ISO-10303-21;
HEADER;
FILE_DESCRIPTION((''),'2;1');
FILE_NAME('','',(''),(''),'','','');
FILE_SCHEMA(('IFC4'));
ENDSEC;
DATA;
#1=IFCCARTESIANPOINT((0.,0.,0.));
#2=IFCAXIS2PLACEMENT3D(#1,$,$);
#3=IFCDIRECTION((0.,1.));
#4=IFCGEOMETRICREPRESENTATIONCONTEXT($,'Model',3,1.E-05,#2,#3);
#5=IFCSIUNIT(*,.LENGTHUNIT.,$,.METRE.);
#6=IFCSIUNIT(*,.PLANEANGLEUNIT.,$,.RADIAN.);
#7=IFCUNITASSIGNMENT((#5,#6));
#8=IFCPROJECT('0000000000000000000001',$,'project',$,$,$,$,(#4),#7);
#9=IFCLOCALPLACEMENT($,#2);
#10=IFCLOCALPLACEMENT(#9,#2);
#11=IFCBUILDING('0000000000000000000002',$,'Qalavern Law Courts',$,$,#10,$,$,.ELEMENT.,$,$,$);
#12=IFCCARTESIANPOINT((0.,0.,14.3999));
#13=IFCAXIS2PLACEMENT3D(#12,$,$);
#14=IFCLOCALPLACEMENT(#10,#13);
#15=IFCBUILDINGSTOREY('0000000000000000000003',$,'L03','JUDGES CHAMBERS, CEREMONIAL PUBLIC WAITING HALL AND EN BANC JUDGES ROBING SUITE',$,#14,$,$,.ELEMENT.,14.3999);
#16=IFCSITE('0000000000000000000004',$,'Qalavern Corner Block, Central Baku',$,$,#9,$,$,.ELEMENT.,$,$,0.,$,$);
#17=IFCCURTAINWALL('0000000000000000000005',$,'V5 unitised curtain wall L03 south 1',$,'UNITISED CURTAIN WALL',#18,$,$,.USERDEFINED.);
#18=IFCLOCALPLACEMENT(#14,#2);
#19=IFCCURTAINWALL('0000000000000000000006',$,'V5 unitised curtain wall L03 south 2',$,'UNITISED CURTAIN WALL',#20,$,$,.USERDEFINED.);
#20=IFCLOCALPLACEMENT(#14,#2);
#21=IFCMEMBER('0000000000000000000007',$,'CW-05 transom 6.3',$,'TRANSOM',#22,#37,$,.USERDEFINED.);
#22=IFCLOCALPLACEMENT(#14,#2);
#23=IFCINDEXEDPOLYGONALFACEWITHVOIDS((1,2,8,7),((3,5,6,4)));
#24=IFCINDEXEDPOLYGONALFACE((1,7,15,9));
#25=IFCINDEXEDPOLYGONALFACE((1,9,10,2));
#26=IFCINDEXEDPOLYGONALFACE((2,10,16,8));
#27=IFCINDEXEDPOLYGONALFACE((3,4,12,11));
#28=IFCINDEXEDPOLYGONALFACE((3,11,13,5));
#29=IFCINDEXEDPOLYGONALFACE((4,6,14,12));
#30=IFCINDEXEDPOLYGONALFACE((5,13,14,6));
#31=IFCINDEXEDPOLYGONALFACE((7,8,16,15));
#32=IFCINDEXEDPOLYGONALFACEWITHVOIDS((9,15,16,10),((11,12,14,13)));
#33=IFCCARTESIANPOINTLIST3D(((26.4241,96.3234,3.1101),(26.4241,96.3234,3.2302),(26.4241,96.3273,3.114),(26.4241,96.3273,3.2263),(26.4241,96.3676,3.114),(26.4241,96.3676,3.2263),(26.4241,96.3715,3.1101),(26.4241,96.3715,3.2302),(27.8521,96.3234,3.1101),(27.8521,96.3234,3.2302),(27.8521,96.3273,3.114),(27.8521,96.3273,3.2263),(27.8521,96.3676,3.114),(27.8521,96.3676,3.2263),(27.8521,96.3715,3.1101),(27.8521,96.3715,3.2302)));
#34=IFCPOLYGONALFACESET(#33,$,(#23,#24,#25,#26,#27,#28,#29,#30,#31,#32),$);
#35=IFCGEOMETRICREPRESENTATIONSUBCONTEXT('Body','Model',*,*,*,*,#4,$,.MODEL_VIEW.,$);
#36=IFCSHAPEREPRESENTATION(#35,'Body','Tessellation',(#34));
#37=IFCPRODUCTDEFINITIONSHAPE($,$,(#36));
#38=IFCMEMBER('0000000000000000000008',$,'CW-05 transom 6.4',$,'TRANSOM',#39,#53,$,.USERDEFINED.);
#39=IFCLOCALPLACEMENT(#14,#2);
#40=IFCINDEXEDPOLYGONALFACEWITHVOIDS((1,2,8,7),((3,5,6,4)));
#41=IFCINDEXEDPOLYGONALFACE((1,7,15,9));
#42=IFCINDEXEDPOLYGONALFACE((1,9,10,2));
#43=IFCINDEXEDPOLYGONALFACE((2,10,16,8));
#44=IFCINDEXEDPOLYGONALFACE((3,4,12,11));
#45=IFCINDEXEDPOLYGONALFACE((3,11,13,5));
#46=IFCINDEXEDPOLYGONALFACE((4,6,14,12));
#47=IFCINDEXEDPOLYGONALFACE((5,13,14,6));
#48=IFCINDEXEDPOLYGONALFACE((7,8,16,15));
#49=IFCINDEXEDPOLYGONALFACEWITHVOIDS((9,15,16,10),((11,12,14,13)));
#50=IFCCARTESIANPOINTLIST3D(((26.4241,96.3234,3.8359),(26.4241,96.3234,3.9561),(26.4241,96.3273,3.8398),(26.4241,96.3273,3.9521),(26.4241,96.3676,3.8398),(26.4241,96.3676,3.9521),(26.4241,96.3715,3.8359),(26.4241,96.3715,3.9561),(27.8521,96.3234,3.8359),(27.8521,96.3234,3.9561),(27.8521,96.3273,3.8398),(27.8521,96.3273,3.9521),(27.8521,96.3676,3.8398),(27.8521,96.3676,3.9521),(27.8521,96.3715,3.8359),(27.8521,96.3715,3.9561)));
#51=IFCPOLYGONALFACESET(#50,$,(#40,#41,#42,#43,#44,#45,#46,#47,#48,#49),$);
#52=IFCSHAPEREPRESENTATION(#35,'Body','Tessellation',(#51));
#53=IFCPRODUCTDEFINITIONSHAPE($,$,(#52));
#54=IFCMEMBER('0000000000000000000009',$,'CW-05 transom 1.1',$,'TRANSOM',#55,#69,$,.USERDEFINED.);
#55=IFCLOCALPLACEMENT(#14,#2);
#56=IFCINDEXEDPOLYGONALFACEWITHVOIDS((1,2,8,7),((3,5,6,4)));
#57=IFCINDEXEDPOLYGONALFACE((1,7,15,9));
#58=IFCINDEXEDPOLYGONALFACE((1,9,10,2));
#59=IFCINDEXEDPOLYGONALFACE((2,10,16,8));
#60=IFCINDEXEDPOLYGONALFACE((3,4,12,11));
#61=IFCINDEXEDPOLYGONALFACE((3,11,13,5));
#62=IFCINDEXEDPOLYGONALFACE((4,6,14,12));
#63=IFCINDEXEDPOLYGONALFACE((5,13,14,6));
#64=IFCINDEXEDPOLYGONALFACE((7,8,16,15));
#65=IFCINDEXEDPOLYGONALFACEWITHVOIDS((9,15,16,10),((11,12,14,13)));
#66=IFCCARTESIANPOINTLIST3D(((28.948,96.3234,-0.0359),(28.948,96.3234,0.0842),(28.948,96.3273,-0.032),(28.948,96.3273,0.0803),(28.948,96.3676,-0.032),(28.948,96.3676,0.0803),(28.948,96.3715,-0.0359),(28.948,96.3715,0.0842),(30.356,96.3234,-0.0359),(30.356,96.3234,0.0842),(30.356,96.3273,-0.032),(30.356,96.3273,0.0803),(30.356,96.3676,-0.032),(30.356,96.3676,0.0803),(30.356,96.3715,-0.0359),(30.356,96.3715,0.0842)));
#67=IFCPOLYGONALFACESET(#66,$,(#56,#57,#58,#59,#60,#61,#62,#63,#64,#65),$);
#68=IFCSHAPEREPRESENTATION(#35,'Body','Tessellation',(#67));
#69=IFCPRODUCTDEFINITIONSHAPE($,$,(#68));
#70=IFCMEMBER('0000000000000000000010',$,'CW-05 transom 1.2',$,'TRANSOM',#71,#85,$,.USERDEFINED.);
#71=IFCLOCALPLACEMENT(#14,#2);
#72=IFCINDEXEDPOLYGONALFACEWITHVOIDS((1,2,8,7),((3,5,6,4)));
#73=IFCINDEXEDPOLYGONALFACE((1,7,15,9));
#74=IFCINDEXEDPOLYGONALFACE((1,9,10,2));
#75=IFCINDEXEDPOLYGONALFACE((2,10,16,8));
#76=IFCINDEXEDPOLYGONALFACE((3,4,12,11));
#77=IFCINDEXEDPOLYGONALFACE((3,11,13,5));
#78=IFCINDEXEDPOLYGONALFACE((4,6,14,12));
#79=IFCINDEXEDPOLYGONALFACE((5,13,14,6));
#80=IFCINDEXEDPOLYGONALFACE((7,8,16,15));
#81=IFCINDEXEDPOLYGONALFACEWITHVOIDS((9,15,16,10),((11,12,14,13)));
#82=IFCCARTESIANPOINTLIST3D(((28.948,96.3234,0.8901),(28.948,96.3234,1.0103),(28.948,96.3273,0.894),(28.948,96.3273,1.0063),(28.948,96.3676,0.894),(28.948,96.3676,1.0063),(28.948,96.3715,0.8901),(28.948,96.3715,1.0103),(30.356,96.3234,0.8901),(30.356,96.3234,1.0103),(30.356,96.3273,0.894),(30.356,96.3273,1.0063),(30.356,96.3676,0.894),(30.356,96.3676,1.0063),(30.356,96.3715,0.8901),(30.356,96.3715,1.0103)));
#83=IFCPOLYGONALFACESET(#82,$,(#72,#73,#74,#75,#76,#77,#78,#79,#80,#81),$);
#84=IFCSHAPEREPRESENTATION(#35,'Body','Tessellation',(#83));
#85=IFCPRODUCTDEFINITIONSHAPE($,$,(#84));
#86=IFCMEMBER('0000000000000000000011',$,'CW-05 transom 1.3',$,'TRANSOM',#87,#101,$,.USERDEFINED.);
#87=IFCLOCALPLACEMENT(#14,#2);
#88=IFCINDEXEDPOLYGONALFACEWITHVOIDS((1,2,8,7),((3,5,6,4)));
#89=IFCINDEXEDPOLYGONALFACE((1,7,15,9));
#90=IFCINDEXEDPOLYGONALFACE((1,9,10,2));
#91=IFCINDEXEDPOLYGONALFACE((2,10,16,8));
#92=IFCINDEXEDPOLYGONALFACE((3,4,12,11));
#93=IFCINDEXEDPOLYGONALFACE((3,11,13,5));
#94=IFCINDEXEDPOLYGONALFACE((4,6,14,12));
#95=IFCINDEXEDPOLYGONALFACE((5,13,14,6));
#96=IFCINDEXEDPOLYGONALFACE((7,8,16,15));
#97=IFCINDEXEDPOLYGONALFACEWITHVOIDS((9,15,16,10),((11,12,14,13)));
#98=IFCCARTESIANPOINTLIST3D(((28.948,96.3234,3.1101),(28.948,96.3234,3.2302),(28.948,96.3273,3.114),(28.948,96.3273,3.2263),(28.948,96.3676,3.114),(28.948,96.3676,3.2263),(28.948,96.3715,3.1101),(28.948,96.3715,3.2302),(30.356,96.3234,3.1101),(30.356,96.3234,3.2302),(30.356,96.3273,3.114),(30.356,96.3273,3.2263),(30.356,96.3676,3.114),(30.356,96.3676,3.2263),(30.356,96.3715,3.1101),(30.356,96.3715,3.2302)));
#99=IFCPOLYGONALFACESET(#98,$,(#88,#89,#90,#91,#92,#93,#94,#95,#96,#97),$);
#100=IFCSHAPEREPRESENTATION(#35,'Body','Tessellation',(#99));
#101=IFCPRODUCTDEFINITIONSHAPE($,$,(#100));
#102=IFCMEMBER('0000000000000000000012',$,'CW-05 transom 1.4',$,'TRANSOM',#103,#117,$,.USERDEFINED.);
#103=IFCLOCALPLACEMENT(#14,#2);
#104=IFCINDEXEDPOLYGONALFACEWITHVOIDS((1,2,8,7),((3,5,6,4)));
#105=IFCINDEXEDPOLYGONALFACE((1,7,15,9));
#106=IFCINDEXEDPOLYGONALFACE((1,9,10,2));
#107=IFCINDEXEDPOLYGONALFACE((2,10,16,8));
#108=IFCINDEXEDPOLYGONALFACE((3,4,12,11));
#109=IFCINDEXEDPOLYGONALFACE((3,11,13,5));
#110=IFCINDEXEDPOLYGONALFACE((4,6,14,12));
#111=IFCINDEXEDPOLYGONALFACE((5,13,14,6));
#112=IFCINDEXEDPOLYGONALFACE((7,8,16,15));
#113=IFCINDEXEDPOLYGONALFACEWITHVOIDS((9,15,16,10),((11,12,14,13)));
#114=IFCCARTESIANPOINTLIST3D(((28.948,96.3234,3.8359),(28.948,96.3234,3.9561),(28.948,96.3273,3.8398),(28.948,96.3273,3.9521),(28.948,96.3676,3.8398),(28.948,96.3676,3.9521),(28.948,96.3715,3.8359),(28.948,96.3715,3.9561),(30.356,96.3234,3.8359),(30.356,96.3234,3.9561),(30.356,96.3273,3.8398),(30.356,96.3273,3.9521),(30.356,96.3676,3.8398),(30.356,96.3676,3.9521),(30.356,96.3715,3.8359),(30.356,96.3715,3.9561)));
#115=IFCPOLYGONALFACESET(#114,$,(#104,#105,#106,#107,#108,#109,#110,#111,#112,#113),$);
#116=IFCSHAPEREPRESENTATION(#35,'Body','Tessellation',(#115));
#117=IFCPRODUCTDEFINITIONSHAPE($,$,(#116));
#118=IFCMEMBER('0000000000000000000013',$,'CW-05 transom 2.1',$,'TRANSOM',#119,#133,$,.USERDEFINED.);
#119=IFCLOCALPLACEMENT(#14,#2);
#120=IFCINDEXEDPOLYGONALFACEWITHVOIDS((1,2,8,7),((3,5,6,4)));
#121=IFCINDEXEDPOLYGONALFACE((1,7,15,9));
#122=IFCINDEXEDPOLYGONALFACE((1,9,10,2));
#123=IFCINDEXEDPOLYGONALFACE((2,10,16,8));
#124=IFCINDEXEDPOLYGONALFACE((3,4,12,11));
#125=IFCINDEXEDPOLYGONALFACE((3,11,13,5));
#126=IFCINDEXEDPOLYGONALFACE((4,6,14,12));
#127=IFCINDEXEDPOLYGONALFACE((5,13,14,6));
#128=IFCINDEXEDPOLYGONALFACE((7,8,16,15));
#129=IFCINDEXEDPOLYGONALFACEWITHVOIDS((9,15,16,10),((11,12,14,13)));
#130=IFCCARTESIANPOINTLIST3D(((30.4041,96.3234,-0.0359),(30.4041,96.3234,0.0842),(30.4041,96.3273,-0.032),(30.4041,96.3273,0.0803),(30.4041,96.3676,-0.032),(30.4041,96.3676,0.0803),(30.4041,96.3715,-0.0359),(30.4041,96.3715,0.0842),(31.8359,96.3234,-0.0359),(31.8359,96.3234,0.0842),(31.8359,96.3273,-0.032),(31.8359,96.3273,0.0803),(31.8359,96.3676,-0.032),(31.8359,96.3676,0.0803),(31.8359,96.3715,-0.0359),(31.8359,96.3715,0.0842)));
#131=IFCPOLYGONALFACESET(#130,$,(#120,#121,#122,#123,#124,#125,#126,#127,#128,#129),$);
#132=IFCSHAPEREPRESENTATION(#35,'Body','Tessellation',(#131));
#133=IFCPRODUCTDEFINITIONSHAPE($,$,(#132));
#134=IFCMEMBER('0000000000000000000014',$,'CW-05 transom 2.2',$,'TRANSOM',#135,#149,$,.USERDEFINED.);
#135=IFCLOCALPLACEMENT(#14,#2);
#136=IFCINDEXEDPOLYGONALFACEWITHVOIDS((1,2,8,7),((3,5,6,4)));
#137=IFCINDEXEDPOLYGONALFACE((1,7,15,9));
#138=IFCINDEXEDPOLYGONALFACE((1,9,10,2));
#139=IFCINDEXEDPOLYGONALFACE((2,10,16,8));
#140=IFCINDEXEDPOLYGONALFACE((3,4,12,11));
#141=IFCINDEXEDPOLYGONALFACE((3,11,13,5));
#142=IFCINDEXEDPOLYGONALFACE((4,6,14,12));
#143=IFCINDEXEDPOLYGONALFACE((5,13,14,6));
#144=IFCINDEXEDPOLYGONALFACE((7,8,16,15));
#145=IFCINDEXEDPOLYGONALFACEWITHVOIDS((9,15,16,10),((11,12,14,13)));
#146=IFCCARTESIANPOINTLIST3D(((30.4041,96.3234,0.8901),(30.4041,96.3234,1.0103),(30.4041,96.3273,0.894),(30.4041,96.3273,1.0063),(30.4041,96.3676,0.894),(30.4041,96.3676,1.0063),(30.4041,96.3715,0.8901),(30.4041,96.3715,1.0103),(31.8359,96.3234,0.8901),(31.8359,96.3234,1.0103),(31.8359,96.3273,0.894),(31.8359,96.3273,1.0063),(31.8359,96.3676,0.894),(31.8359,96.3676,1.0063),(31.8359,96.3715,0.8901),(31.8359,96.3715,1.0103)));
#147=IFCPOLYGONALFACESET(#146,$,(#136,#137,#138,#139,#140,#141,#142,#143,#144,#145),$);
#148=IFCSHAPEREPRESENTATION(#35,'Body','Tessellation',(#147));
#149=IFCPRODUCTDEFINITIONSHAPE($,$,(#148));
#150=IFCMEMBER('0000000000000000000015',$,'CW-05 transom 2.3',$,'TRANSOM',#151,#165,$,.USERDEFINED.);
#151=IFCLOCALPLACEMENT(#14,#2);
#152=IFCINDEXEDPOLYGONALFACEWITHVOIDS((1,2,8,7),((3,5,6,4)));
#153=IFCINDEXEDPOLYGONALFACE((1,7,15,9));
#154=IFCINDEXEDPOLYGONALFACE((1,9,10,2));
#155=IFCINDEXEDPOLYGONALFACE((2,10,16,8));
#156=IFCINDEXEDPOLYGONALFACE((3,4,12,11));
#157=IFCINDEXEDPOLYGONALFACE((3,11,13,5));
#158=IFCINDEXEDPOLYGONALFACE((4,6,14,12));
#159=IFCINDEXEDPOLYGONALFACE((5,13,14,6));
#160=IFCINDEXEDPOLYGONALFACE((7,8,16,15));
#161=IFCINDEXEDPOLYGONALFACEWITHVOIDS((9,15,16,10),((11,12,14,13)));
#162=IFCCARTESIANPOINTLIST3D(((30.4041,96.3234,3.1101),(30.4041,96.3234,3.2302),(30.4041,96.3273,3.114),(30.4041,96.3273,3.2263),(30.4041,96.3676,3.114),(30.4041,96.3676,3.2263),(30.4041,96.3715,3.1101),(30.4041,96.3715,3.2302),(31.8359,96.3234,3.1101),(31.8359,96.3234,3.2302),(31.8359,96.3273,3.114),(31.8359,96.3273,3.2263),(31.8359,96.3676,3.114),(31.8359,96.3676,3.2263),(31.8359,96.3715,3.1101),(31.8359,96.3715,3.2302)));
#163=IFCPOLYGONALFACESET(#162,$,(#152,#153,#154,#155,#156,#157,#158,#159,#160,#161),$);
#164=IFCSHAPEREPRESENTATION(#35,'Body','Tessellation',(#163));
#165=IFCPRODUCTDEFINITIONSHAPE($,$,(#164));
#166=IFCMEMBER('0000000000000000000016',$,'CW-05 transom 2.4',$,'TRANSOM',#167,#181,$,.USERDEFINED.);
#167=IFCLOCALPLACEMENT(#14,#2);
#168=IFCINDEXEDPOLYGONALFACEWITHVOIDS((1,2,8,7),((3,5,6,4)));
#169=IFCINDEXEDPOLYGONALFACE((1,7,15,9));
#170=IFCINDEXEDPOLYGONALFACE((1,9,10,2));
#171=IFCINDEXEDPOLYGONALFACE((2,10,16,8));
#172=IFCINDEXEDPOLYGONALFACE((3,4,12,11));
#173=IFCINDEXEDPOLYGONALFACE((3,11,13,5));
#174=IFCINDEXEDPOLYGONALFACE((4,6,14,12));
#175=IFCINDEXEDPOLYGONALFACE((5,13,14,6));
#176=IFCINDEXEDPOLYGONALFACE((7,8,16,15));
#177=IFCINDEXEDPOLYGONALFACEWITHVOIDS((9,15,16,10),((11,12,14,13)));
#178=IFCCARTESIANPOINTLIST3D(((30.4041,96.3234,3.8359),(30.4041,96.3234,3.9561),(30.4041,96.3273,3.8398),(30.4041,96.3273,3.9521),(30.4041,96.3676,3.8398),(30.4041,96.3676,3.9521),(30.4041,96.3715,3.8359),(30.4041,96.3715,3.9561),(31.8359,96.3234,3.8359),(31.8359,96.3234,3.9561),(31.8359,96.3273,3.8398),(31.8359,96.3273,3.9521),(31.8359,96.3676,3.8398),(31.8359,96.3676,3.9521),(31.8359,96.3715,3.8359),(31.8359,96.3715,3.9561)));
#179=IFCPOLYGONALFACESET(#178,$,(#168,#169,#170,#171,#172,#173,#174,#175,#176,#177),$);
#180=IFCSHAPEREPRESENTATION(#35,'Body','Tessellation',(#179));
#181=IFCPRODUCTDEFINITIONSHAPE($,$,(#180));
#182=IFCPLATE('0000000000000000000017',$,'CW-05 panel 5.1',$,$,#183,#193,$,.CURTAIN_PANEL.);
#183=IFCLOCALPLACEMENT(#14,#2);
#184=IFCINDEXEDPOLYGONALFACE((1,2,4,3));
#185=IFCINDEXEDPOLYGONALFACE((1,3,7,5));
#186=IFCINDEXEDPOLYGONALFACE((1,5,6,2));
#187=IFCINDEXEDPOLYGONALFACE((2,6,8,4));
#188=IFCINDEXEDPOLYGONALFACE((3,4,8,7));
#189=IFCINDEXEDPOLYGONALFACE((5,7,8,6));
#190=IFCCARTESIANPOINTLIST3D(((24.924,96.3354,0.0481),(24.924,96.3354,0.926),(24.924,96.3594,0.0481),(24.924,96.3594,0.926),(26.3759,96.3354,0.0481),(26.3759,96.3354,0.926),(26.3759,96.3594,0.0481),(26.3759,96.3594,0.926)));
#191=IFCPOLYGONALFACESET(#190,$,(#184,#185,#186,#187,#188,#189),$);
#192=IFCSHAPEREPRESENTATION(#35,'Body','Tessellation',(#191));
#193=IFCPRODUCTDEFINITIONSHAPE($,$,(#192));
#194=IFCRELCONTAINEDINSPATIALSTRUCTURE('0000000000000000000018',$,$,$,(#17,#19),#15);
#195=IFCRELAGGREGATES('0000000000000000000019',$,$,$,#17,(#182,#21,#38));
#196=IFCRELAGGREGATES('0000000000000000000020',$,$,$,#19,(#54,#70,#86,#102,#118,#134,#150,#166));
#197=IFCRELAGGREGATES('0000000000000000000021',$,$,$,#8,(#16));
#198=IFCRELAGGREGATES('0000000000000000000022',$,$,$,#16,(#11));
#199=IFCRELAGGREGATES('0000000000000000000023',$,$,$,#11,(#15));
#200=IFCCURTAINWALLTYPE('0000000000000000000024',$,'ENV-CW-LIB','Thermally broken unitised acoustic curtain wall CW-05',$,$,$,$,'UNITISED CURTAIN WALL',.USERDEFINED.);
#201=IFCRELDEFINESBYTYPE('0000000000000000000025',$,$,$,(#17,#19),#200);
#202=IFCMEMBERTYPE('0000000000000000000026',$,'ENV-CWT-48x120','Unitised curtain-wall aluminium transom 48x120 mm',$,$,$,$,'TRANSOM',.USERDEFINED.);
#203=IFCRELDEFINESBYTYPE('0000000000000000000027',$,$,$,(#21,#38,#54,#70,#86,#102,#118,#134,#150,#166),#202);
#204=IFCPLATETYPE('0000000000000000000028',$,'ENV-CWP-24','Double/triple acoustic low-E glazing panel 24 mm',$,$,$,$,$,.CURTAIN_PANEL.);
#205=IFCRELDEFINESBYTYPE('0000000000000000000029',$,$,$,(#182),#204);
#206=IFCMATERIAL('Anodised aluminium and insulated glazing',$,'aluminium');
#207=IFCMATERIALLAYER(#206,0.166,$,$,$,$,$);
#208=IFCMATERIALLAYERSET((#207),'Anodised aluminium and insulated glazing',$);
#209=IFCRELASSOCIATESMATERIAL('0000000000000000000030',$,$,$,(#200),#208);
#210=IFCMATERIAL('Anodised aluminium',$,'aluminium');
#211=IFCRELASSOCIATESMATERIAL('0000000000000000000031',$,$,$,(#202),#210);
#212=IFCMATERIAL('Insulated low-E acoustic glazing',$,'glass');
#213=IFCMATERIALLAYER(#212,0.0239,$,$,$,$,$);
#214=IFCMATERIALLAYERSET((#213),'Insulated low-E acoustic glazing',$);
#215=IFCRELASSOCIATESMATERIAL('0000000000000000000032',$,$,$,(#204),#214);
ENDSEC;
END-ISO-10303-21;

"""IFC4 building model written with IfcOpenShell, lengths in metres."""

from ifc_helpers import new_model, si_unit, direction, frame, origin, origin_2d, place, context, subcontext, project, spatial, rectangle, hollow_rectangle, extrude, material, layer, layer_set, material_profile, profile_set, type_object, element, aggregate, save


model = new_model("IFC4")

# Units and contexts
model_context = context("Model", 3, precision=1e-05, world=origin(), true_north=direction((0.0, 1.0)))
body_context = subcontext(model_context, "Body", "Model", "MODEL_VIEW")
ifc_project = project(units=[si_unit("LENGTHUNIT", "METRE"), si_unit("PLANEANGLEUNIT", "RADIAN")], contexts=[model_context])

# Site, building, storey
site_placement = place(None, origin())
site = spatial("IfcSite", under=ifc_project, at=site_placement, Name="Qalavern Corner Block, Central Baku", CompositionType="ELEMENT", RefElevation=0.0)
building_placement = place(site_placement, origin())
building = spatial("IfcBuilding", under=site, at=building_placement, Name="Qalavern Law Courts", CompositionType="ELEMENT")
storey_placement = place(building_placement, frame((0.0, 0.0, 14.3999)))
storey = spatial("IfcBuildingStorey", under=building, at=storey_placement, Name="L03", Description="JUDGES CHAMBERS, CEREMONIAL PUBLIC WAITING HALL AND EN BANC JUDGES ROBING SUITE", CompositionType="ELEMENT", Elevation=14.3999)

# Curtain walls
ifc_material_1 = material(Name="Anodised aluminium and insulated glazing", Category="aluminium")
ifc_layer_1 = layer(ifc_material_1, 0.166)
ifc_layer_set_1 = layer_set([ifc_layer_1], Name="Anodised aluminium and insulated glazing")
curtain_wall_type = type_object("IfcCurtainWallType", Name="ENV-CW-LIB", Description="Thermally broken unitised acoustic curtain wall CW-05", ElementType="UNITISED CURTAIN WALL", PredefinedType="USERDEFINED", material=ifc_layer_set_1)
curtain_wall_1_placement = place(storey_placement, origin())
curtain_wall_1 = element("IfcCurtainWall", 1, at=curtain_wall_1_placement, inside=storey, type_object=curtain_wall_type, Name="V5 unitised curtain wall L03 south 1", ObjectType="UNITISED CURTAIN WALL", PredefinedType="USERDEFINED")
ifc_material_2 = material(Name="Anodised aluminium", Category="aluminium")
curtain_wall_2_placement = place(storey_placement, origin())
curtain_wall_2 = element("IfcCurtainWall", 2, at=curtain_wall_2_placement, inside=storey, type_object=curtain_wall_type, Name="V5 unitised curtain wall L03 south 2", ObjectType="UNITISED CURTAIN WALL", PredefinedType="USERDEFINED")

# Members
ifc_material_profile_1 = material_profile(ifc_material_2, hollow_rectangle(XDim=0.0481, YDim=0.1201, WallThickness=0.0039, at=origin_2d()), Name="ALU TRANSOM 48x120")
ifc_profile_set_1 = profile_set([ifc_material_profile_1], Name="Anodised aluminium")
member_type_1 = type_object("IfcMemberType", Name="ENV-CWT-48x120", Description="Unitised curtain-wall aluminium transom 48x120 mm", ElementType="TRANSOM", PredefinedType="USERDEFINED", material=ifc_profile_set_1)
member_1_placement = place(storey_placement, frame((26.4241, 96.3474, 3.1702), z_axis=(1.0, 0.0, 0.0), x_axis=(0.0, 1.0, 0.0)))
member_1 = element("IfcMember", 3, at=member_1_placement, type_object=member_type_1, Name="CW-05 transom 6.3", ObjectType="TRANSOM", PredefinedType="USERDEFINED", context=body_context, shape_type="SweptSolid", body=[
    extrude(hollow_rectangle(XDim=0.0481, YDim=0.1201, WallThickness=0.0039, at=origin_2d()), origin(), (0.0, 0.0, 1.0), 1.428),
])
member_2_placement = place(storey_placement, frame((26.4241, 96.3474, 3.896), z_axis=(1.0, 0.0, 0.0), x_axis=(0.0, 1.0, 0.0)))
member_2 = element("IfcMember", 4, at=member_2_placement, type_object=member_type_1, Name="CW-05 transom 6.4", ObjectType="TRANSOM", PredefinedType="USERDEFINED", context=body_context, shape_type="SweptSolid", body=[
    extrude(hollow_rectangle(XDim=0.0481, YDim=0.1201, WallThickness=0.0039, at=origin_2d()), origin(), (0.0, 0.0, 1.0), 1.428),
])
member_3_placement = place(storey_placement, frame((28.948, 96.3474, 0.0242), z_axis=(1.0, 0.0, 0.0), x_axis=(0.0, 1.0, 0.0)))
member_3 = element("IfcMember", 5, at=member_3_placement, type_object=member_type_1, Name="CW-05 transom 1.1", ObjectType="TRANSOM", PredefinedType="USERDEFINED", context=body_context, shape_type="SweptSolid", body=[
    extrude(hollow_rectangle(XDim=0.0481, YDim=0.1201, WallThickness=0.0039, at=origin_2d()), origin(), (0.0, 0.0, 1.0), 1.408),
])
member_4_placement = place(storey_placement, frame((28.948, 96.3474, 0.9502), z_axis=(1.0, 0.0, 0.0), x_axis=(0.0, 1.0, 0.0)))
member_4 = element("IfcMember", 6, at=member_4_placement, type_object=member_type_1, Name="CW-05 transom 1.2", ObjectType="TRANSOM", PredefinedType="USERDEFINED", context=body_context, shape_type="SweptSolid", body=[
    extrude(hollow_rectangle(XDim=0.0481, YDim=0.1201, WallThickness=0.0039, at=origin_2d()), origin(), (0.0, 0.0, 1.0), 1.408),
])
member_5_placement = place(storey_placement, frame((28.948, 96.3474, 3.1702), z_axis=(1.0, 0.0, 0.0), x_axis=(0.0, 1.0, 0.0)))
member_5 = element("IfcMember", 7, at=member_5_placement, type_object=member_type_1, Name="CW-05 transom 1.3", ObjectType="TRANSOM", PredefinedType="USERDEFINED", context=body_context, shape_type="SweptSolid", body=[
    extrude(hollow_rectangle(XDim=0.0481, YDim=0.1201, WallThickness=0.0039, at=origin_2d()), origin(), (0.0, 0.0, 1.0), 1.408),
])
member_6_placement = place(storey_placement, frame((28.948, 96.3474, 3.896), z_axis=(1.0, 0.0, 0.0), x_axis=(0.0, 1.0, 0.0)))
member_6 = element("IfcMember", 8, at=member_6_placement, type_object=member_type_1, Name="CW-05 transom 1.4", ObjectType="TRANSOM", PredefinedType="USERDEFINED", context=body_context, shape_type="SweptSolid", body=[
    extrude(hollow_rectangle(XDim=0.0481, YDim=0.1201, WallThickness=0.0039, at=origin_2d()), origin(), (0.0, 0.0, 1.0), 1.408),
])
member_7_placement = place(storey_placement, frame((30.4041, 96.3474, 0.0242), z_axis=(1.0, 0.0, 0.0), x_axis=(0.0, 1.0, 0.0)))
member_7 = element("IfcMember", 9, at=member_7_placement, type_object=member_type_1, Name="CW-05 transom 2.1", ObjectType="TRANSOM", PredefinedType="USERDEFINED", context=body_context, shape_type="SweptSolid", body=[
    extrude(hollow_rectangle(XDim=0.0481, YDim=0.1201, WallThickness=0.0039, at=origin_2d()), origin(), (0.0, 0.0, 1.0), 1.4319),
])
member_8_placement = place(storey_placement, frame((30.4041, 96.3474, 0.9502), z_axis=(1.0, 0.0, 0.0), x_axis=(0.0, 1.0, 0.0)))
member_8 = element("IfcMember", 10, at=member_8_placement, type_object=member_type_1, Name="CW-05 transom 2.2", ObjectType="TRANSOM", PredefinedType="USERDEFINED", context=body_context, shape_type="SweptSolid", body=[
    extrude(hollow_rectangle(XDim=0.0481, YDim=0.1201, WallThickness=0.0039, at=origin_2d()), origin(), (0.0, 0.0, 1.0), 1.4319),
])
member_9_placement = place(storey_placement, frame((30.4041, 96.3474, 3.1702), z_axis=(1.0, 0.0, 0.0), x_axis=(0.0, 1.0, 0.0)))
member_9 = element("IfcMember", 11, at=member_9_placement, type_object=member_type_1, Name="CW-05 transom 2.3", ObjectType="TRANSOM", PredefinedType="USERDEFINED", context=body_context, shape_type="SweptSolid", body=[
    extrude(hollow_rectangle(XDim=0.0481, YDim=0.1201, WallThickness=0.0039, at=origin_2d()), origin(), (0.0, 0.0, 1.0), 1.4319),
])
member_10_placement = place(storey_placement, frame((30.4041, 96.3474, 3.896), z_axis=(1.0, 0.0, 0.0), x_axis=(0.0, 1.0, 0.0)))
member_10 = element("IfcMember", 12, at=member_10_placement, type_object=member_type_1, Name="CW-05 transom 2.4", ObjectType="TRANSOM", PredefinedType="USERDEFINED", context=body_context, shape_type="SweptSolid", body=[
    extrude(hollow_rectangle(XDim=0.0481, YDim=0.1201, WallThickness=0.0039, at=origin_2d()), origin(), (0.0, 0.0, 1.0), 1.4319),
])

# Plate
ifc_material_3 = material(Name="Insulated low-E acoustic glazing", Category="glass")
ifc_layer_2 = layer(ifc_material_3, 0.0239)
ifc_layer_set_2 = layer_set([ifc_layer_2], Name="Insulated low-E acoustic glazing")
plate_type_1 = type_object("IfcPlateType", Name="ENV-CWP-24", Description="Double/triple acoustic low-E glazing panel 24 mm", PredefinedType="CURTAIN_PANEL", material=ifc_layer_set_2)
plate_1_placement = place(storey_placement, frame((25.6499, 96.3474, 0.0481), z_axis=(0.0, 0.0, 1.0), x_axis=(1.0, 0.0, 0.0)))
plate_1 = element("IfcPlate", 13, at=plate_1_placement, type_object=plate_type_1, Name="CW-05 panel 5.1", PredefinedType="CURTAIN_PANEL", context=body_context, shape_type="SweptSolid", body=[
    extrude(rectangle(XDim=1.4519, YDim=0.0239, at=origin_2d()), origin(), (0.0, 0.0, 1.0), 0.8779),
])
aggregate(curtain_wall_1, [plate_1, member_1, member_2])
aggregate(curtain_wall_2, [member_3, member_4, member_5, member_6, member_7, member_8, member_9, member_10])

save(model, "model.ifc")
